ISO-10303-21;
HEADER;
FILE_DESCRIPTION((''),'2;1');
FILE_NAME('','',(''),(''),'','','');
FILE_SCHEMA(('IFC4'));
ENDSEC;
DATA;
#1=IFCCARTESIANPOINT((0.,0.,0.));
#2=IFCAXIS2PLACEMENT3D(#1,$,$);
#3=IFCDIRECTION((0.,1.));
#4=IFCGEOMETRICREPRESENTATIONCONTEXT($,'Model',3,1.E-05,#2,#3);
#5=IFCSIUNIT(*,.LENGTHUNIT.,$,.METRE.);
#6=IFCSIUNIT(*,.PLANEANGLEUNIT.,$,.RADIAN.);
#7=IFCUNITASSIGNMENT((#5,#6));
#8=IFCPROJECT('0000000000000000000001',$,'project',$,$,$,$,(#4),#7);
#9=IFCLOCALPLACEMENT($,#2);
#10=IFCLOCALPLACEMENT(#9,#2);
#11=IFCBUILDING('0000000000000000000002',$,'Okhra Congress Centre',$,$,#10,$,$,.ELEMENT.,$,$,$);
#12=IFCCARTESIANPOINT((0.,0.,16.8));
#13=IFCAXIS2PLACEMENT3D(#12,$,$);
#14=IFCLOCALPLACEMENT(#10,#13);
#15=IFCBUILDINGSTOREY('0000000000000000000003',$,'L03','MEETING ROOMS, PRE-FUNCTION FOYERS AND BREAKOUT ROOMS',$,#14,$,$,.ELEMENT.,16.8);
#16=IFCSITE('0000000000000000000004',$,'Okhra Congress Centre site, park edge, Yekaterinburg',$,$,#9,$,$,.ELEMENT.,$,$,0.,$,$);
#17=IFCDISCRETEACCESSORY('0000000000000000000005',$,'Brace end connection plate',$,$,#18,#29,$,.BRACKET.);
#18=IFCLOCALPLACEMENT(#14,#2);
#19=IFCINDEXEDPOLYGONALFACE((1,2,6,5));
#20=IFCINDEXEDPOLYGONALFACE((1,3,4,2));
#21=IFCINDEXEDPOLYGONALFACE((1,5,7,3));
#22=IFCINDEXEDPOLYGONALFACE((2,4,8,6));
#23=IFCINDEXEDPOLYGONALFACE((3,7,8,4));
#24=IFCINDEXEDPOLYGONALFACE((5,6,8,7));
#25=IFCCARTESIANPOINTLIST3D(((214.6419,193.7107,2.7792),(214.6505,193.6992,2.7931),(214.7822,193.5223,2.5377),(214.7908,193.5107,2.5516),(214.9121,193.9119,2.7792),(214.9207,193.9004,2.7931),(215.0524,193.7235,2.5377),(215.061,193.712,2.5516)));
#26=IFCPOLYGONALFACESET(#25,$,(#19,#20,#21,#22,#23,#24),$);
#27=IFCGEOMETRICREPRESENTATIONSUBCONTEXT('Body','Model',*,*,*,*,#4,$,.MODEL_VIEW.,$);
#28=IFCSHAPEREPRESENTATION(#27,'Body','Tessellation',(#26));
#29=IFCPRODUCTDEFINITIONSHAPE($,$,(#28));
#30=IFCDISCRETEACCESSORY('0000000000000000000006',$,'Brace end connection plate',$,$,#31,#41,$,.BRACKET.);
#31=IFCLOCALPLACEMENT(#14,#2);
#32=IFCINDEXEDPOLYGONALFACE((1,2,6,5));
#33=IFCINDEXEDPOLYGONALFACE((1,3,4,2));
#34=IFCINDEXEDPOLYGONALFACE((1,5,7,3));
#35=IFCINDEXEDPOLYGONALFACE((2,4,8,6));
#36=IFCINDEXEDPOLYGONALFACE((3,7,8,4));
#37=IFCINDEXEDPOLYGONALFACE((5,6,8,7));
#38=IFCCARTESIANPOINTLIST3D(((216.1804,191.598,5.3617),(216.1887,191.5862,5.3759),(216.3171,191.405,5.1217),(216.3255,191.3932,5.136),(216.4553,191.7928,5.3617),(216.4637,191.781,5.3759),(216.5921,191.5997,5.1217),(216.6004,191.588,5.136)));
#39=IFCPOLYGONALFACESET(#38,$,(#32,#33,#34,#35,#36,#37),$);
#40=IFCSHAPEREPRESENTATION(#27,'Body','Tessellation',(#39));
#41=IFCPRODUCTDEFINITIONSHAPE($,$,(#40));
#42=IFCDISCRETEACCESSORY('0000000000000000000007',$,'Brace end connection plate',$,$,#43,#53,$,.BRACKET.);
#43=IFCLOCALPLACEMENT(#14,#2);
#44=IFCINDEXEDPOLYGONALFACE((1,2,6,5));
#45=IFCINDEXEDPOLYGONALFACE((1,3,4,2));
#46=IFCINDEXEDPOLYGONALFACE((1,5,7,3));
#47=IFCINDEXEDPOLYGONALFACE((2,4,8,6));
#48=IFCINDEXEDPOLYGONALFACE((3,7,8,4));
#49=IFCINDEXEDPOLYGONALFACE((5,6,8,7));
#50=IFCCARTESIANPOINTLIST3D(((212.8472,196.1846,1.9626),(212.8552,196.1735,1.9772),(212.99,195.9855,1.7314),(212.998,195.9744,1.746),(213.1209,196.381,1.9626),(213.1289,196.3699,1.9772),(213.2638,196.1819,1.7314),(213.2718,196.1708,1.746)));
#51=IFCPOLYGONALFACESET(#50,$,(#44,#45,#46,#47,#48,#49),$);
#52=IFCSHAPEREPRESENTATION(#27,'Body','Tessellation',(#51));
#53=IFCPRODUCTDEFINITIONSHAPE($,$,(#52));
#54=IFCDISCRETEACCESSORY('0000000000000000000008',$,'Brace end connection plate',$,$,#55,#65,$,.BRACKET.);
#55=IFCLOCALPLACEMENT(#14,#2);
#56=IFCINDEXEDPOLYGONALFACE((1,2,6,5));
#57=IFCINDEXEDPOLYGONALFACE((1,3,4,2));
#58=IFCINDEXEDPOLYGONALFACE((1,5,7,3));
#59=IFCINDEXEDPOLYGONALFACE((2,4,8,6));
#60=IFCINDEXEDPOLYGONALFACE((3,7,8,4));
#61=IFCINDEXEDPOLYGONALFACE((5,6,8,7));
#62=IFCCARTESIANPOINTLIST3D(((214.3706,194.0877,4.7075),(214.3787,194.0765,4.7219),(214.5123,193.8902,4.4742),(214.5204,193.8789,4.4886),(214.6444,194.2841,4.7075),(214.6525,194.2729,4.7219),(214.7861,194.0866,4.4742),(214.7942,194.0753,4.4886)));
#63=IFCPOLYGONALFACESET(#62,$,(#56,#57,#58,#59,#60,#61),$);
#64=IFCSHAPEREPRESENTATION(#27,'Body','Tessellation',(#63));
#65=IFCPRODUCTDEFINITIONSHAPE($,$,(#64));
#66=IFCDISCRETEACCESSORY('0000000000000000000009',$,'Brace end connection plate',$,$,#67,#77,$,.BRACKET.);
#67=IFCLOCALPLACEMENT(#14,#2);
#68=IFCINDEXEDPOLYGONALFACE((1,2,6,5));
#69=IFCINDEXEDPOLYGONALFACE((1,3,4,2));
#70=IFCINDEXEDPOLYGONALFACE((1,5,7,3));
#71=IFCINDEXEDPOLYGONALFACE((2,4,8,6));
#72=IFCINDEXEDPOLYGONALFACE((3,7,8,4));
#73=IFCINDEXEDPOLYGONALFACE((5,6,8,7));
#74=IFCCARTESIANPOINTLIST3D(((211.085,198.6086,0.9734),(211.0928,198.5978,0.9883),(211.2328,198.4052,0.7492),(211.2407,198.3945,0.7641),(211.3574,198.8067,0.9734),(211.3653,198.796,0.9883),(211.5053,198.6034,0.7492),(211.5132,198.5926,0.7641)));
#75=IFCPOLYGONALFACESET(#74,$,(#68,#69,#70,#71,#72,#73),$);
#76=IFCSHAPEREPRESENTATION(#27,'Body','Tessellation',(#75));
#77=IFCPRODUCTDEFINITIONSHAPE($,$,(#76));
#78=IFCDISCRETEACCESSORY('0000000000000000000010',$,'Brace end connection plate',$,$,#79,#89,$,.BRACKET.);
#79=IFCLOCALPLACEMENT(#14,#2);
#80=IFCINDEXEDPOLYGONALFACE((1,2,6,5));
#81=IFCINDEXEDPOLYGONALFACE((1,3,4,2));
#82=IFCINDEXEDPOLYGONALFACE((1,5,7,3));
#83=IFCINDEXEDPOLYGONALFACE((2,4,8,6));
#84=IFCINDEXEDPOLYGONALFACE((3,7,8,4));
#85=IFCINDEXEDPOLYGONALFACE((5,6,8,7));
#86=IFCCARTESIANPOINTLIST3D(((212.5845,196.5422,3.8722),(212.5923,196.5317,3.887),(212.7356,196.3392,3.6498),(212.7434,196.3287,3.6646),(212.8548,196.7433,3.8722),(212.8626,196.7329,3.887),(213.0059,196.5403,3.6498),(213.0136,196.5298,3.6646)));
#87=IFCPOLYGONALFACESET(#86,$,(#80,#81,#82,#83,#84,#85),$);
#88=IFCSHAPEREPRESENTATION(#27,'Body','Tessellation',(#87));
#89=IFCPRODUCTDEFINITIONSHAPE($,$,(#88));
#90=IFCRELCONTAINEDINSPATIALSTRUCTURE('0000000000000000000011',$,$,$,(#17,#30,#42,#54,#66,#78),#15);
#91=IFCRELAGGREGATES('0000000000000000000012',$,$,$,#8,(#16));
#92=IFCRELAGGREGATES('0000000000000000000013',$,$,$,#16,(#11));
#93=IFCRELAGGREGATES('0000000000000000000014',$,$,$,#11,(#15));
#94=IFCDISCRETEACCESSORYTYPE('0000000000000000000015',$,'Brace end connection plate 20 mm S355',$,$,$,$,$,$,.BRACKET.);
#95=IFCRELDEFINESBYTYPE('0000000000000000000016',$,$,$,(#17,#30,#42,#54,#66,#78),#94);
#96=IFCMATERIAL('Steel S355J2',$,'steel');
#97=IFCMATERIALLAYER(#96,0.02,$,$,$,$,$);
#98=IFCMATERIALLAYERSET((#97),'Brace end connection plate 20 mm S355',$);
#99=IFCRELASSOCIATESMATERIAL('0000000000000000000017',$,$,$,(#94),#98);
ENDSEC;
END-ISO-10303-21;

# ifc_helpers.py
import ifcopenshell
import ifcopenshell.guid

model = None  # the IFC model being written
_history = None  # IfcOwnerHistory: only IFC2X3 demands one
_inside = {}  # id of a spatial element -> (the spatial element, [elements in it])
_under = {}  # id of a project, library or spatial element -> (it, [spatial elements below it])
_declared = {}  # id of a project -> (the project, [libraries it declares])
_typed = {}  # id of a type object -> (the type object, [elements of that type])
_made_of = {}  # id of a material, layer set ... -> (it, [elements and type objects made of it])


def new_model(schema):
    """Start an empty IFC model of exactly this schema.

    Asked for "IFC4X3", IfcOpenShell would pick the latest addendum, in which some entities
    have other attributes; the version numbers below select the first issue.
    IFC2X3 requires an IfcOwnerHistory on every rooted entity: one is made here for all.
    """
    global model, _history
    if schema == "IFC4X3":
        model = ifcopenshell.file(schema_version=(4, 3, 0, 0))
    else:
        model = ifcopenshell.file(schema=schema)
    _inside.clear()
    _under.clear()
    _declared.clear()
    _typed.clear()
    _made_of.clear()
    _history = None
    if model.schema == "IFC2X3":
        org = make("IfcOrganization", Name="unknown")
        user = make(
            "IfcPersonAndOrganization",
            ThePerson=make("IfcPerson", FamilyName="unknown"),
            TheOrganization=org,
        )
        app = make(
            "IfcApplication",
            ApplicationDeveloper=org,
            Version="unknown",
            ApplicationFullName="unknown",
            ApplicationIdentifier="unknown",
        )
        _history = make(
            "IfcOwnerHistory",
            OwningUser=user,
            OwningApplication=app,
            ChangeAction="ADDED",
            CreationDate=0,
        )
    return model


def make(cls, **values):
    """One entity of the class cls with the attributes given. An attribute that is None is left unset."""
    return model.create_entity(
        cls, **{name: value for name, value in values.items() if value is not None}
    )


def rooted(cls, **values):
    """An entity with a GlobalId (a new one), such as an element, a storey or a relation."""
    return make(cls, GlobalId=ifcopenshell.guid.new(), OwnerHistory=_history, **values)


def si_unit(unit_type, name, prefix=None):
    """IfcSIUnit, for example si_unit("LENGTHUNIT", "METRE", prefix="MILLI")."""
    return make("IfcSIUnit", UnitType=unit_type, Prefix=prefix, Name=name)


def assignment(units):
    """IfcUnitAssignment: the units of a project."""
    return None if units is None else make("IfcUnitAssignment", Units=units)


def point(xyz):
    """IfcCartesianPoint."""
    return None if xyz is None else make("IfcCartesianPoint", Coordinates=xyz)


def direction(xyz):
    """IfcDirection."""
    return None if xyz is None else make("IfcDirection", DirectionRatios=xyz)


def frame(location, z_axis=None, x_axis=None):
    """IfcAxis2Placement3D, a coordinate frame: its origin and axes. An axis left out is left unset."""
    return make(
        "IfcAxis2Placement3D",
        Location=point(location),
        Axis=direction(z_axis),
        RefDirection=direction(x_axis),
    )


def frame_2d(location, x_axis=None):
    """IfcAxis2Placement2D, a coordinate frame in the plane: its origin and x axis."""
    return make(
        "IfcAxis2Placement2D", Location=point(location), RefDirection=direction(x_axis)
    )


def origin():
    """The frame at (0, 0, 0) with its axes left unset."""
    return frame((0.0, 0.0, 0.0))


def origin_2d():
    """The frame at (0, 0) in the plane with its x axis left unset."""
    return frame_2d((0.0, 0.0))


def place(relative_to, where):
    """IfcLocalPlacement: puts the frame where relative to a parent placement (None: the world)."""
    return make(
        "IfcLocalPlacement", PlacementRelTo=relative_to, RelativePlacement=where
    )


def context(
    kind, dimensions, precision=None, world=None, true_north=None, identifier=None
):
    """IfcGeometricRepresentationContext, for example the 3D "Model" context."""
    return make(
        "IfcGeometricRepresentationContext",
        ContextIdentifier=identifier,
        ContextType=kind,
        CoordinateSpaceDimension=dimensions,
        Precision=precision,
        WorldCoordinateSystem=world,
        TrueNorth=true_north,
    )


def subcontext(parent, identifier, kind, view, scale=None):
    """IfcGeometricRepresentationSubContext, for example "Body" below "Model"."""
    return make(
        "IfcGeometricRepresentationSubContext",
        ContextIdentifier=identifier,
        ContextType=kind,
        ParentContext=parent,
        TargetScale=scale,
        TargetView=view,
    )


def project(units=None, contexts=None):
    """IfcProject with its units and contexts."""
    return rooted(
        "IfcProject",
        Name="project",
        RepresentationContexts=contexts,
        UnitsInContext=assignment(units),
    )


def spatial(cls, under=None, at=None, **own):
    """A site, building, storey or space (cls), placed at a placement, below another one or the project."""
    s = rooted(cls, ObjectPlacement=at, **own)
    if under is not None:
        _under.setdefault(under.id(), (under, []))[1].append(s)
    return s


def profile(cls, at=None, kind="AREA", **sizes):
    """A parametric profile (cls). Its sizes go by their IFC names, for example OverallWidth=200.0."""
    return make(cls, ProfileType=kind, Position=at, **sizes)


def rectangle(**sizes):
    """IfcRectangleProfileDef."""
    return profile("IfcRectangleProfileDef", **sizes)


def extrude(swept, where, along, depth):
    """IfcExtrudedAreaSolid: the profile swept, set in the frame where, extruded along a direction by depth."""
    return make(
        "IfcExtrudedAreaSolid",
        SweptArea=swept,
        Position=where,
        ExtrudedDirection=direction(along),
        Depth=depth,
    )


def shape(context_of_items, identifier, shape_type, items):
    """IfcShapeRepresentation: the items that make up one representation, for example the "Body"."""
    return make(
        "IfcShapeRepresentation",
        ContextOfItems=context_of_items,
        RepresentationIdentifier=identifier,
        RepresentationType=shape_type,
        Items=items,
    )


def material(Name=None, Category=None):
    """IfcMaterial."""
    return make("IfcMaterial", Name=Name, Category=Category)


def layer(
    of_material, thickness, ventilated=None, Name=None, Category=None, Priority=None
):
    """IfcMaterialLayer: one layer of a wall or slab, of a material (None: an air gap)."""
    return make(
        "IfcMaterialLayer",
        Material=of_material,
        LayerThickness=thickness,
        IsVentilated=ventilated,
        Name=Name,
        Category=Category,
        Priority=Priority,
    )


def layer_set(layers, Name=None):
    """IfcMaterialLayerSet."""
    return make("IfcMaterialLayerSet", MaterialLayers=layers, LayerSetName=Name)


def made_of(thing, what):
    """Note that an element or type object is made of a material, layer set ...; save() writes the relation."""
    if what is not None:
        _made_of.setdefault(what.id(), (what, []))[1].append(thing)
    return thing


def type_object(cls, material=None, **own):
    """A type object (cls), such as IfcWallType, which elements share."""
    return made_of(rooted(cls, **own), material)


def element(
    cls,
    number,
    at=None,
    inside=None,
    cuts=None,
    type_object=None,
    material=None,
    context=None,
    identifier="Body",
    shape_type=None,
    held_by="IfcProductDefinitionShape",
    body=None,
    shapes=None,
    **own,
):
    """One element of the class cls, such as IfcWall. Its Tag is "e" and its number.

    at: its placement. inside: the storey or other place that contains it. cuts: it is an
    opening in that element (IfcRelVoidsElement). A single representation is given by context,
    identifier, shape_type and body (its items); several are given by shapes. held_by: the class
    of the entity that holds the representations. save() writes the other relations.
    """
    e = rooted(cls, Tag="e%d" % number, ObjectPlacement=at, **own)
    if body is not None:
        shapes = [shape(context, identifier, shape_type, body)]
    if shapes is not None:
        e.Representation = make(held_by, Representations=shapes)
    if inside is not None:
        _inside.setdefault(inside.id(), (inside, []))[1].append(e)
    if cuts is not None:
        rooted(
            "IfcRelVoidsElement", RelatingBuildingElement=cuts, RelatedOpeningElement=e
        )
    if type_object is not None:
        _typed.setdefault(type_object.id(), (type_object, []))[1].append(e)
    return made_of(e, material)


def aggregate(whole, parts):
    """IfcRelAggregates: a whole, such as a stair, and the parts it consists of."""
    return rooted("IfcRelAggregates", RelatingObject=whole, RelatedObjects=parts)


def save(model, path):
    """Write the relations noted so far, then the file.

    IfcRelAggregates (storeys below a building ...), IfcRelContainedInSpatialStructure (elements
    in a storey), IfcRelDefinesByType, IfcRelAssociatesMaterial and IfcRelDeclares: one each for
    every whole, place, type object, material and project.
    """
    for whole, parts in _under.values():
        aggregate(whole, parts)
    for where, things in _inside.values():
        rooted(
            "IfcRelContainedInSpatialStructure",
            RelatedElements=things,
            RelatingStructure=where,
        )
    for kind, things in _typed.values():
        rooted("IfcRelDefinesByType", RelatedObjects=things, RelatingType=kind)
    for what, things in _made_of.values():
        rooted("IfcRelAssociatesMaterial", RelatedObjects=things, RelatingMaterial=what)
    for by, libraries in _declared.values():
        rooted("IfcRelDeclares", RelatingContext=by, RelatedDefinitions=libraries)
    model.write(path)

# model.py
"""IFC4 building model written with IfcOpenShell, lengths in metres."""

from ifc_helpers import new_model, si_unit, direction, frame, origin, origin_2d, place, context, subcontext, project, spatial, rectangle, extrude, material, layer, layer_set, type_object, element, save


model = new_model("IFC4")

# Units and contexts
model_context = context("Model", 3, precision=1e-05, world=origin(), true_north=direction((0.0, 1.0)))
body_context = subcontext(model_context, "Body", "Model", "MODEL_VIEW")
ifc_project = project(units=[si_unit("LENGTHUNIT", "METRE"), si_unit("PLANEANGLEUNIT", "RADIAN")], contexts=[model_context])

# Site, building, storey
site_placement = place(None, origin())
site = spatial("IfcSite", under=ifc_project, at=site_placement, Name="Okhra Congress Centre site, park edge, Yekaterinburg", CompositionType="ELEMENT", RefElevation=0.0)
building_placement = place(site_placement, origin())
building = spatial("IfcBuilding", under=site, at=building_placement, Name="Okhra Congress Centre", CompositionType="ELEMENT")
storey_placement = place(building_placement, frame((0.0, 0.0, 16.8)))
storey = spatial("IfcBuildingStorey", under=building, at=storey_placement, Name="L03", Description="MEETING ROOMS, PRE-FUNCTION FOYERS AND BREAKOUT ROOMS", CompositionType="ELEMENT", Elevation=16.8)

# Shared definitions
ifc_material_1 = material(Name="Steel S355J2", Category="steel")

# Discrete accessories
ifc_layer = layer(ifc_material_1, 0.02)
ifc_layer_set = layer_set([ifc_layer], Name="Brace end connection plate 20 mm S355")
discrete_accessory_type = type_object("IfcDiscreteAccessoryType", Name="Brace end connection plate 20 mm S355", PredefinedType="BRACKET", material=ifc_layer_set)
for number, where, z_axis, x_axis, name in (
    (1, (214.8557, 193.7056, 2.6724), (-0.428137, 0.574926, -0.697251), (-0.802043, -0.597266, 0.0), "Brace end connection plate"),
):
    element("IfcDiscreteAccessory", number, at=place(storey_placement, frame(where, z_axis=z_axis, x_axis=x_axis)), inside=storey, type_object=discrete_accessory_type, Name=name, PredefinedType="BRACKET", context=body_context, shape_type="SweptSolid", body=[
        extrude(rectangle(XDim=0.3369, YDim=0.3369, at=origin_2d()), origin(), (0.0, 0.0, 1.0), 0.02),
    ])
discrete_accessory_1_placement = place(storey_placement, frame((216.3862, 191.5989, 5.2417), z_axis=(0.411585, -0.581061, 0.702115), x_axis=(0.816024, 0.578017, 0.0)))
element("IfcDiscreteAccessory", 2, at=discrete_accessory_1_placement, inside=storey, type_object=discrete_accessory_type, Name="Brace end connection plate", PredefinedType="BRACKET", context=body_context, shape_type="SweptSolid", body=[
    extrude(rectangle(XDim=0.3369, YDim=0.3369, at=origin_2d()), origin(), (0.0, 0.0, 1.0), 0.0203),
])
for number, where, z_axis, x_axis, name in (
    (3, (213.0635, 196.1721, 1.8616), (-0.400037, 0.557627, -0.72734), (-0.812538, -0.582908, 0.0), "Brace end connection plate"),
    (4, (214.5784, 194.0872, 4.5908), (0.403581, -0.562568, 0.721554), (0.812538, 0.582908, 0.0), "Brace end connection plate"),
    (5, (211.303, 198.5952, 0.8762), (-0.391498, 0.538309, -0.746293), (-0.808736, -0.588172, 0.0), "Brace end connection plate"),
):
    element("IfcDiscreteAccessory", number, at=place(storey_placement, frame(where, z_axis=z_axis, x_axis=x_axis)), inside=storey, type_object=discrete_accessory_type, Name=name, PredefinedType="BRACKET", context=body_context, shape_type="SweptSolid", body=[
        extrude(rectangle(XDim=0.3369, YDim=0.3369, at=origin_2d()), origin(), (0.0, 0.0, 1.0), 0.02),
    ])
discrete_accessory_2_placement = place(storey_placement, frame((212.7952, 196.5413, 3.761), z_axis=(0.394072, -0.529534, 0.7512), x_axis=(0.802233, 0.597011, 0.0)))
element("IfcDiscreteAccessory", 6, at=discrete_accessory_2_placement, inside=storey, type_object=discrete_accessory_type, Name="Brace end connection plate", PredefinedType="BRACKET", context=body_context, shape_type="SweptSolid", body=[
    extrude(rectangle(XDim=0.3369, YDim=0.3369, at=origin_2d()), origin(), (0.0, 0.0, 1.0), 0.0198),
])

save(model, "model.ifc")
